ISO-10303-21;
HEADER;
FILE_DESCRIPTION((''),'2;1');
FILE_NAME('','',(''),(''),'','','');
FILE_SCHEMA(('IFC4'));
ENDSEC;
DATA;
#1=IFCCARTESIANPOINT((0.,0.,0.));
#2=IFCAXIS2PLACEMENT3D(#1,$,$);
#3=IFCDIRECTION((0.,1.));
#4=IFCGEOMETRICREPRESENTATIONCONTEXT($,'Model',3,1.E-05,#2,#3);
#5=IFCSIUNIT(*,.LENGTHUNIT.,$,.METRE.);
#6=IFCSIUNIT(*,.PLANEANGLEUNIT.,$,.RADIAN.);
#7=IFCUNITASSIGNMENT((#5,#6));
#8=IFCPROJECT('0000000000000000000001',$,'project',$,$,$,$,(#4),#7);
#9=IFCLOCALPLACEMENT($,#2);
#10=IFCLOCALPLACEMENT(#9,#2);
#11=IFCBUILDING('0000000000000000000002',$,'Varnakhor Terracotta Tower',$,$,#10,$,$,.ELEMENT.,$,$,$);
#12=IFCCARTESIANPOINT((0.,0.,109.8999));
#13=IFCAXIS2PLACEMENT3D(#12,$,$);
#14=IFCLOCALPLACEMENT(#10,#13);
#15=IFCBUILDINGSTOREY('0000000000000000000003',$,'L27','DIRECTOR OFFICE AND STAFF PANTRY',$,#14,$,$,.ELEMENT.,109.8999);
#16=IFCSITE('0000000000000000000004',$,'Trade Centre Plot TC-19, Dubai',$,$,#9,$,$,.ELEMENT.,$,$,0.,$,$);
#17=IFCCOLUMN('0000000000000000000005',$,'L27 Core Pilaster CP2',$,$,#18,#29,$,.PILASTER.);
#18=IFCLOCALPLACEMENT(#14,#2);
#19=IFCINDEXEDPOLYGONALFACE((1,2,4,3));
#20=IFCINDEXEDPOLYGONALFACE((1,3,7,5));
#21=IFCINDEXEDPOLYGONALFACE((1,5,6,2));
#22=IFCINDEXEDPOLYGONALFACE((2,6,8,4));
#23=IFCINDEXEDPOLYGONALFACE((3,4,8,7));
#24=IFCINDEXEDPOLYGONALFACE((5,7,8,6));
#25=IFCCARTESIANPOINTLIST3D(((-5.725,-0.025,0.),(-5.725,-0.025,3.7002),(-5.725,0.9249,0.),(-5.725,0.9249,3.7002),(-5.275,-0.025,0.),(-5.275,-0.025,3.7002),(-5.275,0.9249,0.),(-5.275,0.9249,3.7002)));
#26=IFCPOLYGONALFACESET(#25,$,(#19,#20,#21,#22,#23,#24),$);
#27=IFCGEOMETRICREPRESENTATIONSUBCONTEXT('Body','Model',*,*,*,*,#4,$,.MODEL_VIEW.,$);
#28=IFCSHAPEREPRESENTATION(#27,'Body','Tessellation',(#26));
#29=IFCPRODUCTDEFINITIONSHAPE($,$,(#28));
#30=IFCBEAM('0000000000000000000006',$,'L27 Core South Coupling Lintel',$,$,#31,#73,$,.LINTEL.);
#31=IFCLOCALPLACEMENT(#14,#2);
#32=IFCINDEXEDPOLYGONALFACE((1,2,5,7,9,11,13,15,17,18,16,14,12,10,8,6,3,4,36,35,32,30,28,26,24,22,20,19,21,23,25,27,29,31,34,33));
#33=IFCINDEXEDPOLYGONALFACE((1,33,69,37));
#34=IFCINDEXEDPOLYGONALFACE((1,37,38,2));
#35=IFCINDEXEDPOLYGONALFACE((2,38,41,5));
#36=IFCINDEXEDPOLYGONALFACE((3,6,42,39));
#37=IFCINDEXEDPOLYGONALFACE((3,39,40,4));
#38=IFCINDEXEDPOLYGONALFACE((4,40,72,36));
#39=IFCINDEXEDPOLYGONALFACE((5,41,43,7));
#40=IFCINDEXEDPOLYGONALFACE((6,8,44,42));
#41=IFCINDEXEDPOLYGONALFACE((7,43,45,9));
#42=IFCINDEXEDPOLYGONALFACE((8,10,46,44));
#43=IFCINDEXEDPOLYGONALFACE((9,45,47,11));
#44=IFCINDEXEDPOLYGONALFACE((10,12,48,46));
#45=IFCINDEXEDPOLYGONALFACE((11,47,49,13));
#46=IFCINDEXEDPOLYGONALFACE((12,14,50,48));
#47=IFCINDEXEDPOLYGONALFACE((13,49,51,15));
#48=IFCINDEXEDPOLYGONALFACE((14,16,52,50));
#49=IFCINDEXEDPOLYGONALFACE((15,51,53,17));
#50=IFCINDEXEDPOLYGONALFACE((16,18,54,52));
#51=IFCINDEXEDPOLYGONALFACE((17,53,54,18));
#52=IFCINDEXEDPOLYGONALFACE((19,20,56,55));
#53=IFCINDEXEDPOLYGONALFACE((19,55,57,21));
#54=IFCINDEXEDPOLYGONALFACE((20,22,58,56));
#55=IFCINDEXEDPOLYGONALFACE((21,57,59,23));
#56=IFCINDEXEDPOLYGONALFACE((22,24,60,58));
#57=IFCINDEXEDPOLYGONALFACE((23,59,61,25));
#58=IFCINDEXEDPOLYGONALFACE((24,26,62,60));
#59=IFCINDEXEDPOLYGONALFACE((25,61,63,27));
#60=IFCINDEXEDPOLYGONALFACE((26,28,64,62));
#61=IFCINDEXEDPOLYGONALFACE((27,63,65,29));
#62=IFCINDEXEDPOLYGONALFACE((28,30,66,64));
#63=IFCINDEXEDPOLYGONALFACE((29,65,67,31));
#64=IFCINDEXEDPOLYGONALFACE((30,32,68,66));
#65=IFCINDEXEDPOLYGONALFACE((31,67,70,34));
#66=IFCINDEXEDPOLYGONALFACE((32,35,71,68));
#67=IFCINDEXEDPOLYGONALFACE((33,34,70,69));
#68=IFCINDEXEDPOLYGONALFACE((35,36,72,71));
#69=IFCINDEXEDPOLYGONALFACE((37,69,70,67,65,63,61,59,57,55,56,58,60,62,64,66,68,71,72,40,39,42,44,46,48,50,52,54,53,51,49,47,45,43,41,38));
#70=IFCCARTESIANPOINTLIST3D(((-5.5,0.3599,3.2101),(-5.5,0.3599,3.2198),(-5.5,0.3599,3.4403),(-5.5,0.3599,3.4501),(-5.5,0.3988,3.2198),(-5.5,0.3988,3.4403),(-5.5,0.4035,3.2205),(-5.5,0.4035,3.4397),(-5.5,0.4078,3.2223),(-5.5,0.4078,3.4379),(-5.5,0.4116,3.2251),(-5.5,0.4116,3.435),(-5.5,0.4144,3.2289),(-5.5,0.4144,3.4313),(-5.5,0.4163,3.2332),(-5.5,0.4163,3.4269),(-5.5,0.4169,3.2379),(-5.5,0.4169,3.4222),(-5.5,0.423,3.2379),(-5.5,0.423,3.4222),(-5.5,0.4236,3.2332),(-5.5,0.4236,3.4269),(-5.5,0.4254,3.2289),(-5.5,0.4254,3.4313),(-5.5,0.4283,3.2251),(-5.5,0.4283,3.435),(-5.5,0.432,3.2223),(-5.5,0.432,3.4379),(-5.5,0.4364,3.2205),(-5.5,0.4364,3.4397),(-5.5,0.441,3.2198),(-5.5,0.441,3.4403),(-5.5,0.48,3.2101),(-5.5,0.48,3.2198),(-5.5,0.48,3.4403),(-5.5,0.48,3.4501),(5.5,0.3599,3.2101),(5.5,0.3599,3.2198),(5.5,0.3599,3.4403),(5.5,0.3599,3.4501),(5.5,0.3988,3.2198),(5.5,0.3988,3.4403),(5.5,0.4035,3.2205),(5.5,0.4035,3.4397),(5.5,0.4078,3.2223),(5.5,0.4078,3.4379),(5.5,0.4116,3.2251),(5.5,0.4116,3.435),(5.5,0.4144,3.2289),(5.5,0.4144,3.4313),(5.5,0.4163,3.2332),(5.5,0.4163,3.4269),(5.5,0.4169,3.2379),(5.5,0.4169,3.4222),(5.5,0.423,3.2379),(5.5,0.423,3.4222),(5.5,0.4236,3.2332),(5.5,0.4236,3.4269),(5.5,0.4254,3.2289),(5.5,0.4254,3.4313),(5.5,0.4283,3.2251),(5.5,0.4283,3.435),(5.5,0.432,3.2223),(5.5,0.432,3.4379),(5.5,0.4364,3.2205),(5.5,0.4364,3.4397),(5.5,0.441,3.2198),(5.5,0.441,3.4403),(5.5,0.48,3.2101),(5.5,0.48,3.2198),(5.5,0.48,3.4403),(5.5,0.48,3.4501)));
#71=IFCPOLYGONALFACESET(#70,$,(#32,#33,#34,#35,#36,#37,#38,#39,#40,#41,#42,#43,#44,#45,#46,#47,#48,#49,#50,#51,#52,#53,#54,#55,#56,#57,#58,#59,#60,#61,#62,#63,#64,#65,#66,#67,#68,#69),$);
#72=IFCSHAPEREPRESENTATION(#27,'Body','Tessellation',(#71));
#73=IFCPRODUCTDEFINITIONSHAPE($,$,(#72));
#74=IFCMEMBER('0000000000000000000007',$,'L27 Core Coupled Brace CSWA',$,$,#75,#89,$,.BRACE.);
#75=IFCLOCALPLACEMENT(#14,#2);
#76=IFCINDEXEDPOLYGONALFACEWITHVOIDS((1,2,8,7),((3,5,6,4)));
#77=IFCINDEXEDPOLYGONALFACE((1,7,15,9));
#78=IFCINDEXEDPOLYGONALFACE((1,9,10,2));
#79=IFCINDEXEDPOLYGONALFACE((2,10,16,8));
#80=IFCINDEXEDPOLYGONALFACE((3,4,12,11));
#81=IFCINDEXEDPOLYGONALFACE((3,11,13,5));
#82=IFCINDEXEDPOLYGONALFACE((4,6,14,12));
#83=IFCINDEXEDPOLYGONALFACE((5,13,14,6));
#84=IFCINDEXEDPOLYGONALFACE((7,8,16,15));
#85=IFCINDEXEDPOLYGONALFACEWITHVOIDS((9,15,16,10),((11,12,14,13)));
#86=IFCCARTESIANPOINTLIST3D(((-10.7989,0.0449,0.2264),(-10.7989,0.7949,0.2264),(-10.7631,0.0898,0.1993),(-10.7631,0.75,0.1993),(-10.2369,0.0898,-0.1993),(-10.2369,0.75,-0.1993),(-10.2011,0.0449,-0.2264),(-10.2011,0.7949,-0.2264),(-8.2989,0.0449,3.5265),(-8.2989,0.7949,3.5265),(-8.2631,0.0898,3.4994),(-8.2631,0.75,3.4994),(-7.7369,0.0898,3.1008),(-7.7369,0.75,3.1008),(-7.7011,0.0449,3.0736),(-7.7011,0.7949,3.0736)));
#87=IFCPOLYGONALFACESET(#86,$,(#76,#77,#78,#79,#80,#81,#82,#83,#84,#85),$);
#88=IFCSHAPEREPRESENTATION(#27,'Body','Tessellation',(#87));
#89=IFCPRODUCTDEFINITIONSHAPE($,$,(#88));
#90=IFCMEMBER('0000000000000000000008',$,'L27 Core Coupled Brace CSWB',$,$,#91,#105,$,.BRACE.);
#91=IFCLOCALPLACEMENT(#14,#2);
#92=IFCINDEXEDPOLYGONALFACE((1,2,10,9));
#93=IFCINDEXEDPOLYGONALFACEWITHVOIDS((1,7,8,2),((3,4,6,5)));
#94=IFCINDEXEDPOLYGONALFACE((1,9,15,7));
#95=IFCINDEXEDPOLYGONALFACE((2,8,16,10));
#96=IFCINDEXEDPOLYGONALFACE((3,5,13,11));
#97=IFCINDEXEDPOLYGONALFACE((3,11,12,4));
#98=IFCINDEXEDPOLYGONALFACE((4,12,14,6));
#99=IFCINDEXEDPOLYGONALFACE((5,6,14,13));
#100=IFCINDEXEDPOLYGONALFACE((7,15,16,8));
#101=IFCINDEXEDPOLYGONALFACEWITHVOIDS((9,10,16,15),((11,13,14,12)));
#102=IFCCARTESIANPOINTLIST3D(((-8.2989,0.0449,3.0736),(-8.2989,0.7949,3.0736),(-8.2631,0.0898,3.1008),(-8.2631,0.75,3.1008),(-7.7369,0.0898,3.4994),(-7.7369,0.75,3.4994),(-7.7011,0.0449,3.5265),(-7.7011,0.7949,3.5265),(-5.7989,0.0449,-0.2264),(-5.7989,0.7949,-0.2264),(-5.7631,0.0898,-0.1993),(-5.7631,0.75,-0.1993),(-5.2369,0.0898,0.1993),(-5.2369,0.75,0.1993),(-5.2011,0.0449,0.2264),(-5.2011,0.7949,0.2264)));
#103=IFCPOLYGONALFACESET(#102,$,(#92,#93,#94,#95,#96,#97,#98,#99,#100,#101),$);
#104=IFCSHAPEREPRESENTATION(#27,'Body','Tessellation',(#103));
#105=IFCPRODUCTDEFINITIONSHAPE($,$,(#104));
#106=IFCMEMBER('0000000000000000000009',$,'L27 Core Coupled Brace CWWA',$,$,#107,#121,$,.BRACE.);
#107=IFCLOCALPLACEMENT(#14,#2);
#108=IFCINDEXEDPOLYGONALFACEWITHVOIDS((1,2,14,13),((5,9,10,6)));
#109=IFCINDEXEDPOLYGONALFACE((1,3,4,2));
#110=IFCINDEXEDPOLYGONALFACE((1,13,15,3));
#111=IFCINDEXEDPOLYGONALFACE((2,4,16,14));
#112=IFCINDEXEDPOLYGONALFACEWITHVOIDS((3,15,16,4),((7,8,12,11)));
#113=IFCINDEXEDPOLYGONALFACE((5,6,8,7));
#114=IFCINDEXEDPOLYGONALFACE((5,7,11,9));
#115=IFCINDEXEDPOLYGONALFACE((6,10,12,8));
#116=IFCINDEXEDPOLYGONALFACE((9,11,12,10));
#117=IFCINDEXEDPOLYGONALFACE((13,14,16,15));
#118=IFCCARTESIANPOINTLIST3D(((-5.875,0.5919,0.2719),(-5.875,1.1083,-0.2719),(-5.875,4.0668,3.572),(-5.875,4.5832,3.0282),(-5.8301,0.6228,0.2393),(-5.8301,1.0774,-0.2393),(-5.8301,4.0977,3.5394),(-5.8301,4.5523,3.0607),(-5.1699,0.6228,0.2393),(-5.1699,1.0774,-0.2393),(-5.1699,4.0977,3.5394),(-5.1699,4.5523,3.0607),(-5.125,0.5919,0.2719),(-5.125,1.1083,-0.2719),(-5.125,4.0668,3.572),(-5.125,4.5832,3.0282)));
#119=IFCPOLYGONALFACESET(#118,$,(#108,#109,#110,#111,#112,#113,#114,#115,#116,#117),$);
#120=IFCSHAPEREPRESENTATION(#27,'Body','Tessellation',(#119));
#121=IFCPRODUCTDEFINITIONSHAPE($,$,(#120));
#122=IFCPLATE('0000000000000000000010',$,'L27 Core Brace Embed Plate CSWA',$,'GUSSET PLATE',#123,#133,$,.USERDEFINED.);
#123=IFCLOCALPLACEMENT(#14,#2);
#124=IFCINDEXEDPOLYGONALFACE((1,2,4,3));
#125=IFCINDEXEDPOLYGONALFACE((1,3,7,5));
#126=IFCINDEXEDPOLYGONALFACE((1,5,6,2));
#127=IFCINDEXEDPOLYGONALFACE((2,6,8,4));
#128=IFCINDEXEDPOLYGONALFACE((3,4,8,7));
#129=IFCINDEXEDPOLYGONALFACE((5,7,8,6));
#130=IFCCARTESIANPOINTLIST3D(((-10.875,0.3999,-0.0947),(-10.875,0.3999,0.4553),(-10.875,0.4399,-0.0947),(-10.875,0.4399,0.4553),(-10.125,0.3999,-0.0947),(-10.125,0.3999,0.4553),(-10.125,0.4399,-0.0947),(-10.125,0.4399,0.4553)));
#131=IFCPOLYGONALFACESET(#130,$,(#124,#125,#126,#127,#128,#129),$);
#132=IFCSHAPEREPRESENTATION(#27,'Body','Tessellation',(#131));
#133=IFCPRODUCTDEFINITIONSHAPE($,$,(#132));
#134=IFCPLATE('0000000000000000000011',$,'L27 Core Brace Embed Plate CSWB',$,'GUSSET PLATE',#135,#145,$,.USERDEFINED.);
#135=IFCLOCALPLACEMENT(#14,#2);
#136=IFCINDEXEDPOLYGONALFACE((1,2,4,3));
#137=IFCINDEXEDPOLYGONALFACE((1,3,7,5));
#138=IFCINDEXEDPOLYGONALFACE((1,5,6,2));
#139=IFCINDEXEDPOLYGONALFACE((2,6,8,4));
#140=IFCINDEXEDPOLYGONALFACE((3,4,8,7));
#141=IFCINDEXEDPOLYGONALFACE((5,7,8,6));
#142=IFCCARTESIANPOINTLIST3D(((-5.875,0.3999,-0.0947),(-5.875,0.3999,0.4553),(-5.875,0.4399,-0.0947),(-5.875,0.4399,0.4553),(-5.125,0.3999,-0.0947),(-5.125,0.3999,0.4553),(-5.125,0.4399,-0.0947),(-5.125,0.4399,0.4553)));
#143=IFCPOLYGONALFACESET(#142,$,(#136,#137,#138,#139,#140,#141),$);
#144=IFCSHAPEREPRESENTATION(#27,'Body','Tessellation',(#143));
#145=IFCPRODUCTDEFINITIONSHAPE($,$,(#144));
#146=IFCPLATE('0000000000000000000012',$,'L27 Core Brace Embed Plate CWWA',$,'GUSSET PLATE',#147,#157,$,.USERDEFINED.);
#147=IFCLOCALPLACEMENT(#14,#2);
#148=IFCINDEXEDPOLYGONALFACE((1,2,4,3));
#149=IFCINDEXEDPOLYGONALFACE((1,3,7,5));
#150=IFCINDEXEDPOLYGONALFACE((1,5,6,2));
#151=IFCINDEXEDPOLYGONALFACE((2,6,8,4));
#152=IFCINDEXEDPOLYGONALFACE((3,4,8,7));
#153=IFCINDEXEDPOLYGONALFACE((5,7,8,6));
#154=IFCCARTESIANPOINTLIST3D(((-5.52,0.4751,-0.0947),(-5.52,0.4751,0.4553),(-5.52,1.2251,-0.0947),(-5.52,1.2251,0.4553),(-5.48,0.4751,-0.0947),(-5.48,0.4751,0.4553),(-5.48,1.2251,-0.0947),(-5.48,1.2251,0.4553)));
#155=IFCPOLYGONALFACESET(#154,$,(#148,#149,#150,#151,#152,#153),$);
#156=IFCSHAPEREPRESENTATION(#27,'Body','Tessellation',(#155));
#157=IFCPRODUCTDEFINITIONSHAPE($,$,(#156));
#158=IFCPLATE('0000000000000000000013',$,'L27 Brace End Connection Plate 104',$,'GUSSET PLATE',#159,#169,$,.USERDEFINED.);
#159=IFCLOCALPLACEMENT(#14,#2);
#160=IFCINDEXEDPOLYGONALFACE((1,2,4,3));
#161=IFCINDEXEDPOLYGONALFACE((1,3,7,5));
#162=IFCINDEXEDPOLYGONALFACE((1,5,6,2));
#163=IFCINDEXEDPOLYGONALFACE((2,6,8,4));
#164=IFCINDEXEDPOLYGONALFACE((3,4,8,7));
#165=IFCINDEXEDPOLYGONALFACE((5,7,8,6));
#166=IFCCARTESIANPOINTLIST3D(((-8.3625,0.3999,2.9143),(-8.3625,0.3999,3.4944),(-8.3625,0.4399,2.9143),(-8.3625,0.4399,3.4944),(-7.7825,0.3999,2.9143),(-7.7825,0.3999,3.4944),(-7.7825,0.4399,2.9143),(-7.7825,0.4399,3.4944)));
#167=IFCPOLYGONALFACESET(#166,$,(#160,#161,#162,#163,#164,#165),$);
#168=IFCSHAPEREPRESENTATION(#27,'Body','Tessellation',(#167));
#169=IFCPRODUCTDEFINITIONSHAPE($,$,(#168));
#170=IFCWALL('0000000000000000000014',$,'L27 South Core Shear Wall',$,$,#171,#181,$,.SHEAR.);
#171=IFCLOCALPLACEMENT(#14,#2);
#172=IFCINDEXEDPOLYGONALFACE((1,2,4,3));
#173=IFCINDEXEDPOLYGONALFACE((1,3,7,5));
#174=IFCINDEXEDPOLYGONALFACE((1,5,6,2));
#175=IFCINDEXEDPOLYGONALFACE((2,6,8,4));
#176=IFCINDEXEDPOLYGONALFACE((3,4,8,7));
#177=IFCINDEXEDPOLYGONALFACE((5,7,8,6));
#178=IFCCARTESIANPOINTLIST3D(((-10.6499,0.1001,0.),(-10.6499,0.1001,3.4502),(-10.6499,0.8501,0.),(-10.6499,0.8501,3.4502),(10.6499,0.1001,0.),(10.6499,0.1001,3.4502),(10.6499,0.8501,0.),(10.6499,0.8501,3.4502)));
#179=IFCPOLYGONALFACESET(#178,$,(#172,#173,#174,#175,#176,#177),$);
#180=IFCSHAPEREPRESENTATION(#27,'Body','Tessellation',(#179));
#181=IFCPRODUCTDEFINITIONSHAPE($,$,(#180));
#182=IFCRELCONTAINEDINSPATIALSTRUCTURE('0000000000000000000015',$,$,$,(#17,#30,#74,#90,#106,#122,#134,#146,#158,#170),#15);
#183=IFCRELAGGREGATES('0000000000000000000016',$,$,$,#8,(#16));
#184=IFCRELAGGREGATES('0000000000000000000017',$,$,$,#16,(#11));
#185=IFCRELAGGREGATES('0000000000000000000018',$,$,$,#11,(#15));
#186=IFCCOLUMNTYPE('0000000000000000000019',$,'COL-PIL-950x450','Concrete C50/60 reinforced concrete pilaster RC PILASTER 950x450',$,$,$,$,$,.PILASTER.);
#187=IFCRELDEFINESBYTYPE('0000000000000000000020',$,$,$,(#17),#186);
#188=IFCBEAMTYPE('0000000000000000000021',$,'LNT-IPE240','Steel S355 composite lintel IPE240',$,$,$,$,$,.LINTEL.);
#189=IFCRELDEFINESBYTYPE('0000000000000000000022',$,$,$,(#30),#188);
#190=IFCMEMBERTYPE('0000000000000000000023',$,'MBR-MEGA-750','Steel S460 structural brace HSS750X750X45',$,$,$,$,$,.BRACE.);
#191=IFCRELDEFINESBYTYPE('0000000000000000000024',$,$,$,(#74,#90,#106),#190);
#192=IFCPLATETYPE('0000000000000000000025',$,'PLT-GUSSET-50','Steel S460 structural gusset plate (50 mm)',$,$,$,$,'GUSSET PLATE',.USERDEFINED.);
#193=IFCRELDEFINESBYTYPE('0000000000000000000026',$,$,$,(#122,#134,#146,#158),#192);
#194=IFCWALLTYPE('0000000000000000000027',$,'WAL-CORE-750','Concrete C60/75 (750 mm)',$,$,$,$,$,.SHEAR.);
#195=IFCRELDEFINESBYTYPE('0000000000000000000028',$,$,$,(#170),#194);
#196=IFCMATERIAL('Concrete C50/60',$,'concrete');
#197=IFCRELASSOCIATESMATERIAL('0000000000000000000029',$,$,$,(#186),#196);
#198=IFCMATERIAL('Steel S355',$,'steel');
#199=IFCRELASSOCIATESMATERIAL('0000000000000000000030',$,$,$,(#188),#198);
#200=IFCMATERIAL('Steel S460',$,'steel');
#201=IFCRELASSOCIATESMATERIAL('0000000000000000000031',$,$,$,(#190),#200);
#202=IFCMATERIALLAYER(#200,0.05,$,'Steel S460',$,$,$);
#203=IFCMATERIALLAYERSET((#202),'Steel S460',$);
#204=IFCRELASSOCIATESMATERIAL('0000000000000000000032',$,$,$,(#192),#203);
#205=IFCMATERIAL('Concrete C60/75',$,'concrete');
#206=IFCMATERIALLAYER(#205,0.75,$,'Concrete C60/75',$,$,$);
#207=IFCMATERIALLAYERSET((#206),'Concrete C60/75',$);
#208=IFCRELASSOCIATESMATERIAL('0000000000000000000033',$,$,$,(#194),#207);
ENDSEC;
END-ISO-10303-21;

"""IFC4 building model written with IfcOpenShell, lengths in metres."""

from ifc_helpers import new_model, si_unit, direction, frame, frame_2d, origin, origin_2d, place, context, subcontext, project, spatial, rectangle, hollow_rectangle, i_section, extrude, source, transform, mapped, material, layer, layer_set, material_profile, profile_set, type_object, type_shapes, element, save


model = new_model("IFC4")

# Units and contexts
model_context = context("Model", 3, precision=1e-05, world=origin(), true_north=direction((0.0, 1.0)))
body_context = subcontext(model_context, "Body", "Model", "MODEL_VIEW")
ifc_project = project(units=[si_unit("LENGTHUNIT", "METRE"), si_unit("PLANEANGLEUNIT", "RADIAN")], contexts=[model_context])

# Site, building, storey
site_placement = place(None, origin())
site = spatial("IfcSite", under=ifc_project, at=site_placement, Name="Trade Centre Plot TC-19, Dubai", CompositionType="ELEMENT", RefElevation=0.0)
building_placement = place(site_placement, origin())
building = spatial("IfcBuilding", under=site, at=building_placement, Name="Varnakhor Terracotta Tower", CompositionType="ELEMENT")
storey_placement = place(building_placement, frame((0.0, 0.0, 109.8999)))
storey = spatial("IfcBuildingStorey", under=building, at=storey_placement, Name="L27", Description="DIRECTOR OFFICE AND STAFF PANTRY", CompositionType="ELEMENT", Elevation=109.8999)

# Column
ifc_material_1 = material(Name="Concrete C50/60", Category="concrete")
ifc_material_profile_1 = material_profile(ifc_material_1, rectangle(XDim=0.45, YDim=0.95, at=origin_2d()), Name="RC PILASTER 950x450")
ifc_profile_set_1 = profile_set([ifc_material_profile_1], Name="Concrete C50/60")
column_type = type_object("IfcColumnType", Name="COL-PIL-950x450", Description="Concrete C50/60 reinforced concrete pilaster RC PILASTER 950x450", PredefinedType="PILASTER", material=ifc_profile_set_1)
shared_shape_1 = source(origin(), body_context, "Body", "SweptSolid", [
    extrude(rectangle(XDim=0.45, YDim=0.95, at=origin_2d()), origin(), (0.0, 0.0, 1.0), 3.7002),
])
column_placement = place(storey_placement, frame((-5.5, 0.45, 0.0), z_axis=(0.0, 0.0, 1.0), x_axis=(1.0, 0.0, 0.0)))
element("IfcColumn", 1, at=column_placement, inside=storey, type_object=column_type, Name="L27 Core Pilaster CP2", PredefinedType="PILASTER", context=body_context, shape_type="MappedRepresentation", body=[
    mapped(shared_shape_1, transform((0.0, 0.0, 0.0), scale=1.0)),
])

# Beam
ifc_material_2 = material(Name="Steel S355", Category="steel")
ifc_material_profile_2 = material_profile(ifc_material_2, i_section(OverallWidth=0.1201, OverallDepth=0.24, WebThickness=0.0061, FlangeThickness=0.0098, FilletRadius=0.0181, at=origin_2d()), Name="IPE240")
ifc_profile_set_2 = profile_set([ifc_material_profile_2], Name="Steel S355")
beam_type = type_object("IfcBeamType", Name="LNT-IPE240", Description="Steel S355 composite lintel IPE240", PredefinedType="LINTEL", material=ifc_profile_set_2)
shared_shape_2 = source(origin(), body_context, "Body", "SweptSolid", [
    extrude(i_section(OverallWidth=0.1201, OverallDepth=0.24, WebThickness=0.0061, FlangeThickness=0.0098, FilletRadius=0.0181, at=origin_2d()), origin(), (0.0, 0.0, 1.0), 11.0),
])
type_shapes(beam_type, [shared_shape_2])
beam_placement = place(storey_placement, frame((-5.5, 0.4199, 3.3301), z_axis=(1.0, 0.0, 0.0), x_axis=(0.0, 1.0, 0.0)))
element("IfcBeam", 2, at=beam_placement, inside=storey, type_object=beam_type, Name="L27 Core South Coupling Lintel", PredefinedType="LINTEL", context=body_context, shape_type="MappedRepresentation", body=[
    mapped(shared_shape_2, transform((0.0, 0.0, 0.0), scale=1.0)),
])

# Members
ifc_material_3 = material(Name="Steel S460", Category="steel")
ifc_material_profile_3 = material_profile(ifc_material_3, hollow_rectangle(XDim=0.75, YDim=0.75, WallThickness=0.0449, at=origin_2d()), Name="HSS750X750X45")
ifc_profile_set_3 = profile_set([ifc_material_profile_3], Name="Steel S460")
member_type = type_object("IfcMemberType", Name="MBR-MEGA-750", Description="Steel S460 structural brace HSS750X750X45", PredefinedType="BRACE", material=ifc_profile_set_3)
shared_shape_3 = source(origin(), body_context, "Body", "SweptSolid", [
    extrude(hollow_rectangle(XDim=0.75, YDim=0.75, WallThickness=0.0449, at=origin_2d()), origin(), (0.0, 0.0, 1.0), 4.1401),
])
type_shapes(member_type, [shared_shape_3])
for number, where, z_axis, x_axis, name in (
    (3, (-10.5, 0.4199, 0.0), (0.603852, 0.0, 0.797096), (0.0, 1.0, 0.0), "L27 Core Coupled Brace CSWA"),
    (4, (-5.5, 0.4199, 0.0), (-0.603852, 0.0, 0.797096), (0.0, -1.0, 0.0), "L27 Core Coupled Brace CSWB"),
):
    element("IfcMember", number, at=place(storey_placement, frame(where, z_axis=z_axis, x_axis=x_axis)), inside=storey, type_object=member_type, Name=name, PredefinedType="BRACE", context=body_context, shape_type="MappedRepresentation", body=[
        mapped(shared_shape_3, transform((0.0, 0.0, 0.0), scale=1.0)),
    ])
shared_shape_4 = source(origin(), body_context, "Body", "SweptSolid", [
    extrude(hollow_rectangle(XDim=0.75, YDim=0.75, WallThickness=0.0449, at=origin_2d()), origin(), (0.0, 0.0, 1.0), 4.7922),
])
member_placement = place(storey_placement, frame((-5.5, 0.8501, 0.0), z_axis=(0.0, 0.72511, 0.688633), x_axis=(-1.0, 0.0, 0.0)))
element("IfcMember", 5, at=member_placement, inside=storey, type_object=member_type, Name="L27 Core Coupled Brace CWWA", PredefinedType="BRACE", context=body_context, shape_type="MappedRepresentation", body=[
    mapped(shared_shape_4, transform((0.0, 0.0, 0.0), scale=1.0)),
])

# Plates
ifc_layer_1 = layer(ifc_material_3, 0.05, Name="Steel S460")
ifc_layer_set_1 = layer_set([ifc_layer_1], Name="Steel S460")
plate_type = type_object("IfcPlateType", Name="PLT-GUSSET-50", Description="Steel S460 structural gusset plate (50 mm)", ElementType="GUSSET PLATE", PredefinedType="USERDEFINED", material=ifc_layer_set_1)
shared_shape_5 = source(origin(), body_context, "Body", "SweptSolid", [
    extrude(rectangle(XDim=0.75, YDim=0.04, at=origin_2d()), origin(), (0.0, 0.0, 1.0), 0.55),
])
type_shapes(plate_type, [shared_shape_5])
for number, where, z_axis, x_axis, name in (
    (6, (-10.5, 0.4199, -0.0947), (0.0, 0.0, 1.0), (1.0, 0.0, 0.0), "L27 Core Brace Embed Plate CSWA"),
    (7, (-5.5, 0.4199, -0.0947), (0.0, 0.0, 1.0), (1.0, 0.0, 0.0), "L27 Core Brace Embed Plate CSWB"),
    (8, (-5.5, 0.8501, -0.0947), (0.0, 0.0, 1.0), (0.0, 1.0, 0.0), "L27 Core Brace Embed Plate CWWA"),
):
    element("IfcPlate", number, at=place(storey_placement, frame(where, z_axis=z_axis, x_axis=x_axis)), inside=storey, type_object=plate_type, Name=name, ObjectType="GUSSET PLATE", PredefinedType="USERDEFINED", context=body_context, shape_type="MappedRepresentation", body=[
        mapped(shared_shape_5, transform((0.0, 0.0, 0.0), scale=1.0)),
    ])
shared_shape_6 = source(origin(), body_context, "Body", "SweptSolid", [
    extrude(rectangle(XDim=0.5801, YDim=0.04, at=origin_2d()), origin(), (0.0, 0.0, 1.0), 0.5801),
])
plate_placement = place(storey_placement, frame((-8.0725, 0.4199, 2.9143), z_axis=(0.0, 0.0, 1.0), x_axis=(1.0, 0.0, 0.0)))
element("IfcPlate", 9, at=plate_placement, inside=storey, type_object=plate_type, Name="L27 Brace End Connection Plate 104", ObjectType="GUSSET PLATE", PredefinedType="USERDEFINED", context=body_context, shape_type="MappedRepresentation", body=[
    mapped(shared_shape_6, transform((0.0, 0.0, 0.0), scale=1.0)),
])

# Wall
ifc_material_4 = material(Name="Concrete C60/75", Category="concrete")
ifc_layer_2 = layer(ifc_material_4, 0.75, Name="Concrete C60/75")
ifc_layer_set_2 = layer_set([ifc_layer_2], Name="Concrete C60/75")
wall_type_1 = type_object("IfcWallType", Name="WAL-CORE-750", Description="Concrete C60/75 (750 mm)", PredefinedType="SHEAR", material=ifc_layer_set_2)
wall_1_placement = place(storey_placement, frame((-10.6499, 0.4751, 0.0), z_axis=(0.0, 0.0, 1.0), x_axis=(1.0, 0.0, 0.0)))
element("IfcWall", 10, at=wall_1_placement, inside=storey, type_object=wall_type_1, Name="L27 South Core Shear Wall", PredefinedType="SHEAR", context=body_context, shape_type="SweptSolid", body=[
    extrude(rectangle(XDim=21.2998, YDim=0.75, at=frame_2d((10.6499, 0.0))), origin(), (0.0, 0.0, 1.0), 3.4502),
])

save(model, "model.ifc")
